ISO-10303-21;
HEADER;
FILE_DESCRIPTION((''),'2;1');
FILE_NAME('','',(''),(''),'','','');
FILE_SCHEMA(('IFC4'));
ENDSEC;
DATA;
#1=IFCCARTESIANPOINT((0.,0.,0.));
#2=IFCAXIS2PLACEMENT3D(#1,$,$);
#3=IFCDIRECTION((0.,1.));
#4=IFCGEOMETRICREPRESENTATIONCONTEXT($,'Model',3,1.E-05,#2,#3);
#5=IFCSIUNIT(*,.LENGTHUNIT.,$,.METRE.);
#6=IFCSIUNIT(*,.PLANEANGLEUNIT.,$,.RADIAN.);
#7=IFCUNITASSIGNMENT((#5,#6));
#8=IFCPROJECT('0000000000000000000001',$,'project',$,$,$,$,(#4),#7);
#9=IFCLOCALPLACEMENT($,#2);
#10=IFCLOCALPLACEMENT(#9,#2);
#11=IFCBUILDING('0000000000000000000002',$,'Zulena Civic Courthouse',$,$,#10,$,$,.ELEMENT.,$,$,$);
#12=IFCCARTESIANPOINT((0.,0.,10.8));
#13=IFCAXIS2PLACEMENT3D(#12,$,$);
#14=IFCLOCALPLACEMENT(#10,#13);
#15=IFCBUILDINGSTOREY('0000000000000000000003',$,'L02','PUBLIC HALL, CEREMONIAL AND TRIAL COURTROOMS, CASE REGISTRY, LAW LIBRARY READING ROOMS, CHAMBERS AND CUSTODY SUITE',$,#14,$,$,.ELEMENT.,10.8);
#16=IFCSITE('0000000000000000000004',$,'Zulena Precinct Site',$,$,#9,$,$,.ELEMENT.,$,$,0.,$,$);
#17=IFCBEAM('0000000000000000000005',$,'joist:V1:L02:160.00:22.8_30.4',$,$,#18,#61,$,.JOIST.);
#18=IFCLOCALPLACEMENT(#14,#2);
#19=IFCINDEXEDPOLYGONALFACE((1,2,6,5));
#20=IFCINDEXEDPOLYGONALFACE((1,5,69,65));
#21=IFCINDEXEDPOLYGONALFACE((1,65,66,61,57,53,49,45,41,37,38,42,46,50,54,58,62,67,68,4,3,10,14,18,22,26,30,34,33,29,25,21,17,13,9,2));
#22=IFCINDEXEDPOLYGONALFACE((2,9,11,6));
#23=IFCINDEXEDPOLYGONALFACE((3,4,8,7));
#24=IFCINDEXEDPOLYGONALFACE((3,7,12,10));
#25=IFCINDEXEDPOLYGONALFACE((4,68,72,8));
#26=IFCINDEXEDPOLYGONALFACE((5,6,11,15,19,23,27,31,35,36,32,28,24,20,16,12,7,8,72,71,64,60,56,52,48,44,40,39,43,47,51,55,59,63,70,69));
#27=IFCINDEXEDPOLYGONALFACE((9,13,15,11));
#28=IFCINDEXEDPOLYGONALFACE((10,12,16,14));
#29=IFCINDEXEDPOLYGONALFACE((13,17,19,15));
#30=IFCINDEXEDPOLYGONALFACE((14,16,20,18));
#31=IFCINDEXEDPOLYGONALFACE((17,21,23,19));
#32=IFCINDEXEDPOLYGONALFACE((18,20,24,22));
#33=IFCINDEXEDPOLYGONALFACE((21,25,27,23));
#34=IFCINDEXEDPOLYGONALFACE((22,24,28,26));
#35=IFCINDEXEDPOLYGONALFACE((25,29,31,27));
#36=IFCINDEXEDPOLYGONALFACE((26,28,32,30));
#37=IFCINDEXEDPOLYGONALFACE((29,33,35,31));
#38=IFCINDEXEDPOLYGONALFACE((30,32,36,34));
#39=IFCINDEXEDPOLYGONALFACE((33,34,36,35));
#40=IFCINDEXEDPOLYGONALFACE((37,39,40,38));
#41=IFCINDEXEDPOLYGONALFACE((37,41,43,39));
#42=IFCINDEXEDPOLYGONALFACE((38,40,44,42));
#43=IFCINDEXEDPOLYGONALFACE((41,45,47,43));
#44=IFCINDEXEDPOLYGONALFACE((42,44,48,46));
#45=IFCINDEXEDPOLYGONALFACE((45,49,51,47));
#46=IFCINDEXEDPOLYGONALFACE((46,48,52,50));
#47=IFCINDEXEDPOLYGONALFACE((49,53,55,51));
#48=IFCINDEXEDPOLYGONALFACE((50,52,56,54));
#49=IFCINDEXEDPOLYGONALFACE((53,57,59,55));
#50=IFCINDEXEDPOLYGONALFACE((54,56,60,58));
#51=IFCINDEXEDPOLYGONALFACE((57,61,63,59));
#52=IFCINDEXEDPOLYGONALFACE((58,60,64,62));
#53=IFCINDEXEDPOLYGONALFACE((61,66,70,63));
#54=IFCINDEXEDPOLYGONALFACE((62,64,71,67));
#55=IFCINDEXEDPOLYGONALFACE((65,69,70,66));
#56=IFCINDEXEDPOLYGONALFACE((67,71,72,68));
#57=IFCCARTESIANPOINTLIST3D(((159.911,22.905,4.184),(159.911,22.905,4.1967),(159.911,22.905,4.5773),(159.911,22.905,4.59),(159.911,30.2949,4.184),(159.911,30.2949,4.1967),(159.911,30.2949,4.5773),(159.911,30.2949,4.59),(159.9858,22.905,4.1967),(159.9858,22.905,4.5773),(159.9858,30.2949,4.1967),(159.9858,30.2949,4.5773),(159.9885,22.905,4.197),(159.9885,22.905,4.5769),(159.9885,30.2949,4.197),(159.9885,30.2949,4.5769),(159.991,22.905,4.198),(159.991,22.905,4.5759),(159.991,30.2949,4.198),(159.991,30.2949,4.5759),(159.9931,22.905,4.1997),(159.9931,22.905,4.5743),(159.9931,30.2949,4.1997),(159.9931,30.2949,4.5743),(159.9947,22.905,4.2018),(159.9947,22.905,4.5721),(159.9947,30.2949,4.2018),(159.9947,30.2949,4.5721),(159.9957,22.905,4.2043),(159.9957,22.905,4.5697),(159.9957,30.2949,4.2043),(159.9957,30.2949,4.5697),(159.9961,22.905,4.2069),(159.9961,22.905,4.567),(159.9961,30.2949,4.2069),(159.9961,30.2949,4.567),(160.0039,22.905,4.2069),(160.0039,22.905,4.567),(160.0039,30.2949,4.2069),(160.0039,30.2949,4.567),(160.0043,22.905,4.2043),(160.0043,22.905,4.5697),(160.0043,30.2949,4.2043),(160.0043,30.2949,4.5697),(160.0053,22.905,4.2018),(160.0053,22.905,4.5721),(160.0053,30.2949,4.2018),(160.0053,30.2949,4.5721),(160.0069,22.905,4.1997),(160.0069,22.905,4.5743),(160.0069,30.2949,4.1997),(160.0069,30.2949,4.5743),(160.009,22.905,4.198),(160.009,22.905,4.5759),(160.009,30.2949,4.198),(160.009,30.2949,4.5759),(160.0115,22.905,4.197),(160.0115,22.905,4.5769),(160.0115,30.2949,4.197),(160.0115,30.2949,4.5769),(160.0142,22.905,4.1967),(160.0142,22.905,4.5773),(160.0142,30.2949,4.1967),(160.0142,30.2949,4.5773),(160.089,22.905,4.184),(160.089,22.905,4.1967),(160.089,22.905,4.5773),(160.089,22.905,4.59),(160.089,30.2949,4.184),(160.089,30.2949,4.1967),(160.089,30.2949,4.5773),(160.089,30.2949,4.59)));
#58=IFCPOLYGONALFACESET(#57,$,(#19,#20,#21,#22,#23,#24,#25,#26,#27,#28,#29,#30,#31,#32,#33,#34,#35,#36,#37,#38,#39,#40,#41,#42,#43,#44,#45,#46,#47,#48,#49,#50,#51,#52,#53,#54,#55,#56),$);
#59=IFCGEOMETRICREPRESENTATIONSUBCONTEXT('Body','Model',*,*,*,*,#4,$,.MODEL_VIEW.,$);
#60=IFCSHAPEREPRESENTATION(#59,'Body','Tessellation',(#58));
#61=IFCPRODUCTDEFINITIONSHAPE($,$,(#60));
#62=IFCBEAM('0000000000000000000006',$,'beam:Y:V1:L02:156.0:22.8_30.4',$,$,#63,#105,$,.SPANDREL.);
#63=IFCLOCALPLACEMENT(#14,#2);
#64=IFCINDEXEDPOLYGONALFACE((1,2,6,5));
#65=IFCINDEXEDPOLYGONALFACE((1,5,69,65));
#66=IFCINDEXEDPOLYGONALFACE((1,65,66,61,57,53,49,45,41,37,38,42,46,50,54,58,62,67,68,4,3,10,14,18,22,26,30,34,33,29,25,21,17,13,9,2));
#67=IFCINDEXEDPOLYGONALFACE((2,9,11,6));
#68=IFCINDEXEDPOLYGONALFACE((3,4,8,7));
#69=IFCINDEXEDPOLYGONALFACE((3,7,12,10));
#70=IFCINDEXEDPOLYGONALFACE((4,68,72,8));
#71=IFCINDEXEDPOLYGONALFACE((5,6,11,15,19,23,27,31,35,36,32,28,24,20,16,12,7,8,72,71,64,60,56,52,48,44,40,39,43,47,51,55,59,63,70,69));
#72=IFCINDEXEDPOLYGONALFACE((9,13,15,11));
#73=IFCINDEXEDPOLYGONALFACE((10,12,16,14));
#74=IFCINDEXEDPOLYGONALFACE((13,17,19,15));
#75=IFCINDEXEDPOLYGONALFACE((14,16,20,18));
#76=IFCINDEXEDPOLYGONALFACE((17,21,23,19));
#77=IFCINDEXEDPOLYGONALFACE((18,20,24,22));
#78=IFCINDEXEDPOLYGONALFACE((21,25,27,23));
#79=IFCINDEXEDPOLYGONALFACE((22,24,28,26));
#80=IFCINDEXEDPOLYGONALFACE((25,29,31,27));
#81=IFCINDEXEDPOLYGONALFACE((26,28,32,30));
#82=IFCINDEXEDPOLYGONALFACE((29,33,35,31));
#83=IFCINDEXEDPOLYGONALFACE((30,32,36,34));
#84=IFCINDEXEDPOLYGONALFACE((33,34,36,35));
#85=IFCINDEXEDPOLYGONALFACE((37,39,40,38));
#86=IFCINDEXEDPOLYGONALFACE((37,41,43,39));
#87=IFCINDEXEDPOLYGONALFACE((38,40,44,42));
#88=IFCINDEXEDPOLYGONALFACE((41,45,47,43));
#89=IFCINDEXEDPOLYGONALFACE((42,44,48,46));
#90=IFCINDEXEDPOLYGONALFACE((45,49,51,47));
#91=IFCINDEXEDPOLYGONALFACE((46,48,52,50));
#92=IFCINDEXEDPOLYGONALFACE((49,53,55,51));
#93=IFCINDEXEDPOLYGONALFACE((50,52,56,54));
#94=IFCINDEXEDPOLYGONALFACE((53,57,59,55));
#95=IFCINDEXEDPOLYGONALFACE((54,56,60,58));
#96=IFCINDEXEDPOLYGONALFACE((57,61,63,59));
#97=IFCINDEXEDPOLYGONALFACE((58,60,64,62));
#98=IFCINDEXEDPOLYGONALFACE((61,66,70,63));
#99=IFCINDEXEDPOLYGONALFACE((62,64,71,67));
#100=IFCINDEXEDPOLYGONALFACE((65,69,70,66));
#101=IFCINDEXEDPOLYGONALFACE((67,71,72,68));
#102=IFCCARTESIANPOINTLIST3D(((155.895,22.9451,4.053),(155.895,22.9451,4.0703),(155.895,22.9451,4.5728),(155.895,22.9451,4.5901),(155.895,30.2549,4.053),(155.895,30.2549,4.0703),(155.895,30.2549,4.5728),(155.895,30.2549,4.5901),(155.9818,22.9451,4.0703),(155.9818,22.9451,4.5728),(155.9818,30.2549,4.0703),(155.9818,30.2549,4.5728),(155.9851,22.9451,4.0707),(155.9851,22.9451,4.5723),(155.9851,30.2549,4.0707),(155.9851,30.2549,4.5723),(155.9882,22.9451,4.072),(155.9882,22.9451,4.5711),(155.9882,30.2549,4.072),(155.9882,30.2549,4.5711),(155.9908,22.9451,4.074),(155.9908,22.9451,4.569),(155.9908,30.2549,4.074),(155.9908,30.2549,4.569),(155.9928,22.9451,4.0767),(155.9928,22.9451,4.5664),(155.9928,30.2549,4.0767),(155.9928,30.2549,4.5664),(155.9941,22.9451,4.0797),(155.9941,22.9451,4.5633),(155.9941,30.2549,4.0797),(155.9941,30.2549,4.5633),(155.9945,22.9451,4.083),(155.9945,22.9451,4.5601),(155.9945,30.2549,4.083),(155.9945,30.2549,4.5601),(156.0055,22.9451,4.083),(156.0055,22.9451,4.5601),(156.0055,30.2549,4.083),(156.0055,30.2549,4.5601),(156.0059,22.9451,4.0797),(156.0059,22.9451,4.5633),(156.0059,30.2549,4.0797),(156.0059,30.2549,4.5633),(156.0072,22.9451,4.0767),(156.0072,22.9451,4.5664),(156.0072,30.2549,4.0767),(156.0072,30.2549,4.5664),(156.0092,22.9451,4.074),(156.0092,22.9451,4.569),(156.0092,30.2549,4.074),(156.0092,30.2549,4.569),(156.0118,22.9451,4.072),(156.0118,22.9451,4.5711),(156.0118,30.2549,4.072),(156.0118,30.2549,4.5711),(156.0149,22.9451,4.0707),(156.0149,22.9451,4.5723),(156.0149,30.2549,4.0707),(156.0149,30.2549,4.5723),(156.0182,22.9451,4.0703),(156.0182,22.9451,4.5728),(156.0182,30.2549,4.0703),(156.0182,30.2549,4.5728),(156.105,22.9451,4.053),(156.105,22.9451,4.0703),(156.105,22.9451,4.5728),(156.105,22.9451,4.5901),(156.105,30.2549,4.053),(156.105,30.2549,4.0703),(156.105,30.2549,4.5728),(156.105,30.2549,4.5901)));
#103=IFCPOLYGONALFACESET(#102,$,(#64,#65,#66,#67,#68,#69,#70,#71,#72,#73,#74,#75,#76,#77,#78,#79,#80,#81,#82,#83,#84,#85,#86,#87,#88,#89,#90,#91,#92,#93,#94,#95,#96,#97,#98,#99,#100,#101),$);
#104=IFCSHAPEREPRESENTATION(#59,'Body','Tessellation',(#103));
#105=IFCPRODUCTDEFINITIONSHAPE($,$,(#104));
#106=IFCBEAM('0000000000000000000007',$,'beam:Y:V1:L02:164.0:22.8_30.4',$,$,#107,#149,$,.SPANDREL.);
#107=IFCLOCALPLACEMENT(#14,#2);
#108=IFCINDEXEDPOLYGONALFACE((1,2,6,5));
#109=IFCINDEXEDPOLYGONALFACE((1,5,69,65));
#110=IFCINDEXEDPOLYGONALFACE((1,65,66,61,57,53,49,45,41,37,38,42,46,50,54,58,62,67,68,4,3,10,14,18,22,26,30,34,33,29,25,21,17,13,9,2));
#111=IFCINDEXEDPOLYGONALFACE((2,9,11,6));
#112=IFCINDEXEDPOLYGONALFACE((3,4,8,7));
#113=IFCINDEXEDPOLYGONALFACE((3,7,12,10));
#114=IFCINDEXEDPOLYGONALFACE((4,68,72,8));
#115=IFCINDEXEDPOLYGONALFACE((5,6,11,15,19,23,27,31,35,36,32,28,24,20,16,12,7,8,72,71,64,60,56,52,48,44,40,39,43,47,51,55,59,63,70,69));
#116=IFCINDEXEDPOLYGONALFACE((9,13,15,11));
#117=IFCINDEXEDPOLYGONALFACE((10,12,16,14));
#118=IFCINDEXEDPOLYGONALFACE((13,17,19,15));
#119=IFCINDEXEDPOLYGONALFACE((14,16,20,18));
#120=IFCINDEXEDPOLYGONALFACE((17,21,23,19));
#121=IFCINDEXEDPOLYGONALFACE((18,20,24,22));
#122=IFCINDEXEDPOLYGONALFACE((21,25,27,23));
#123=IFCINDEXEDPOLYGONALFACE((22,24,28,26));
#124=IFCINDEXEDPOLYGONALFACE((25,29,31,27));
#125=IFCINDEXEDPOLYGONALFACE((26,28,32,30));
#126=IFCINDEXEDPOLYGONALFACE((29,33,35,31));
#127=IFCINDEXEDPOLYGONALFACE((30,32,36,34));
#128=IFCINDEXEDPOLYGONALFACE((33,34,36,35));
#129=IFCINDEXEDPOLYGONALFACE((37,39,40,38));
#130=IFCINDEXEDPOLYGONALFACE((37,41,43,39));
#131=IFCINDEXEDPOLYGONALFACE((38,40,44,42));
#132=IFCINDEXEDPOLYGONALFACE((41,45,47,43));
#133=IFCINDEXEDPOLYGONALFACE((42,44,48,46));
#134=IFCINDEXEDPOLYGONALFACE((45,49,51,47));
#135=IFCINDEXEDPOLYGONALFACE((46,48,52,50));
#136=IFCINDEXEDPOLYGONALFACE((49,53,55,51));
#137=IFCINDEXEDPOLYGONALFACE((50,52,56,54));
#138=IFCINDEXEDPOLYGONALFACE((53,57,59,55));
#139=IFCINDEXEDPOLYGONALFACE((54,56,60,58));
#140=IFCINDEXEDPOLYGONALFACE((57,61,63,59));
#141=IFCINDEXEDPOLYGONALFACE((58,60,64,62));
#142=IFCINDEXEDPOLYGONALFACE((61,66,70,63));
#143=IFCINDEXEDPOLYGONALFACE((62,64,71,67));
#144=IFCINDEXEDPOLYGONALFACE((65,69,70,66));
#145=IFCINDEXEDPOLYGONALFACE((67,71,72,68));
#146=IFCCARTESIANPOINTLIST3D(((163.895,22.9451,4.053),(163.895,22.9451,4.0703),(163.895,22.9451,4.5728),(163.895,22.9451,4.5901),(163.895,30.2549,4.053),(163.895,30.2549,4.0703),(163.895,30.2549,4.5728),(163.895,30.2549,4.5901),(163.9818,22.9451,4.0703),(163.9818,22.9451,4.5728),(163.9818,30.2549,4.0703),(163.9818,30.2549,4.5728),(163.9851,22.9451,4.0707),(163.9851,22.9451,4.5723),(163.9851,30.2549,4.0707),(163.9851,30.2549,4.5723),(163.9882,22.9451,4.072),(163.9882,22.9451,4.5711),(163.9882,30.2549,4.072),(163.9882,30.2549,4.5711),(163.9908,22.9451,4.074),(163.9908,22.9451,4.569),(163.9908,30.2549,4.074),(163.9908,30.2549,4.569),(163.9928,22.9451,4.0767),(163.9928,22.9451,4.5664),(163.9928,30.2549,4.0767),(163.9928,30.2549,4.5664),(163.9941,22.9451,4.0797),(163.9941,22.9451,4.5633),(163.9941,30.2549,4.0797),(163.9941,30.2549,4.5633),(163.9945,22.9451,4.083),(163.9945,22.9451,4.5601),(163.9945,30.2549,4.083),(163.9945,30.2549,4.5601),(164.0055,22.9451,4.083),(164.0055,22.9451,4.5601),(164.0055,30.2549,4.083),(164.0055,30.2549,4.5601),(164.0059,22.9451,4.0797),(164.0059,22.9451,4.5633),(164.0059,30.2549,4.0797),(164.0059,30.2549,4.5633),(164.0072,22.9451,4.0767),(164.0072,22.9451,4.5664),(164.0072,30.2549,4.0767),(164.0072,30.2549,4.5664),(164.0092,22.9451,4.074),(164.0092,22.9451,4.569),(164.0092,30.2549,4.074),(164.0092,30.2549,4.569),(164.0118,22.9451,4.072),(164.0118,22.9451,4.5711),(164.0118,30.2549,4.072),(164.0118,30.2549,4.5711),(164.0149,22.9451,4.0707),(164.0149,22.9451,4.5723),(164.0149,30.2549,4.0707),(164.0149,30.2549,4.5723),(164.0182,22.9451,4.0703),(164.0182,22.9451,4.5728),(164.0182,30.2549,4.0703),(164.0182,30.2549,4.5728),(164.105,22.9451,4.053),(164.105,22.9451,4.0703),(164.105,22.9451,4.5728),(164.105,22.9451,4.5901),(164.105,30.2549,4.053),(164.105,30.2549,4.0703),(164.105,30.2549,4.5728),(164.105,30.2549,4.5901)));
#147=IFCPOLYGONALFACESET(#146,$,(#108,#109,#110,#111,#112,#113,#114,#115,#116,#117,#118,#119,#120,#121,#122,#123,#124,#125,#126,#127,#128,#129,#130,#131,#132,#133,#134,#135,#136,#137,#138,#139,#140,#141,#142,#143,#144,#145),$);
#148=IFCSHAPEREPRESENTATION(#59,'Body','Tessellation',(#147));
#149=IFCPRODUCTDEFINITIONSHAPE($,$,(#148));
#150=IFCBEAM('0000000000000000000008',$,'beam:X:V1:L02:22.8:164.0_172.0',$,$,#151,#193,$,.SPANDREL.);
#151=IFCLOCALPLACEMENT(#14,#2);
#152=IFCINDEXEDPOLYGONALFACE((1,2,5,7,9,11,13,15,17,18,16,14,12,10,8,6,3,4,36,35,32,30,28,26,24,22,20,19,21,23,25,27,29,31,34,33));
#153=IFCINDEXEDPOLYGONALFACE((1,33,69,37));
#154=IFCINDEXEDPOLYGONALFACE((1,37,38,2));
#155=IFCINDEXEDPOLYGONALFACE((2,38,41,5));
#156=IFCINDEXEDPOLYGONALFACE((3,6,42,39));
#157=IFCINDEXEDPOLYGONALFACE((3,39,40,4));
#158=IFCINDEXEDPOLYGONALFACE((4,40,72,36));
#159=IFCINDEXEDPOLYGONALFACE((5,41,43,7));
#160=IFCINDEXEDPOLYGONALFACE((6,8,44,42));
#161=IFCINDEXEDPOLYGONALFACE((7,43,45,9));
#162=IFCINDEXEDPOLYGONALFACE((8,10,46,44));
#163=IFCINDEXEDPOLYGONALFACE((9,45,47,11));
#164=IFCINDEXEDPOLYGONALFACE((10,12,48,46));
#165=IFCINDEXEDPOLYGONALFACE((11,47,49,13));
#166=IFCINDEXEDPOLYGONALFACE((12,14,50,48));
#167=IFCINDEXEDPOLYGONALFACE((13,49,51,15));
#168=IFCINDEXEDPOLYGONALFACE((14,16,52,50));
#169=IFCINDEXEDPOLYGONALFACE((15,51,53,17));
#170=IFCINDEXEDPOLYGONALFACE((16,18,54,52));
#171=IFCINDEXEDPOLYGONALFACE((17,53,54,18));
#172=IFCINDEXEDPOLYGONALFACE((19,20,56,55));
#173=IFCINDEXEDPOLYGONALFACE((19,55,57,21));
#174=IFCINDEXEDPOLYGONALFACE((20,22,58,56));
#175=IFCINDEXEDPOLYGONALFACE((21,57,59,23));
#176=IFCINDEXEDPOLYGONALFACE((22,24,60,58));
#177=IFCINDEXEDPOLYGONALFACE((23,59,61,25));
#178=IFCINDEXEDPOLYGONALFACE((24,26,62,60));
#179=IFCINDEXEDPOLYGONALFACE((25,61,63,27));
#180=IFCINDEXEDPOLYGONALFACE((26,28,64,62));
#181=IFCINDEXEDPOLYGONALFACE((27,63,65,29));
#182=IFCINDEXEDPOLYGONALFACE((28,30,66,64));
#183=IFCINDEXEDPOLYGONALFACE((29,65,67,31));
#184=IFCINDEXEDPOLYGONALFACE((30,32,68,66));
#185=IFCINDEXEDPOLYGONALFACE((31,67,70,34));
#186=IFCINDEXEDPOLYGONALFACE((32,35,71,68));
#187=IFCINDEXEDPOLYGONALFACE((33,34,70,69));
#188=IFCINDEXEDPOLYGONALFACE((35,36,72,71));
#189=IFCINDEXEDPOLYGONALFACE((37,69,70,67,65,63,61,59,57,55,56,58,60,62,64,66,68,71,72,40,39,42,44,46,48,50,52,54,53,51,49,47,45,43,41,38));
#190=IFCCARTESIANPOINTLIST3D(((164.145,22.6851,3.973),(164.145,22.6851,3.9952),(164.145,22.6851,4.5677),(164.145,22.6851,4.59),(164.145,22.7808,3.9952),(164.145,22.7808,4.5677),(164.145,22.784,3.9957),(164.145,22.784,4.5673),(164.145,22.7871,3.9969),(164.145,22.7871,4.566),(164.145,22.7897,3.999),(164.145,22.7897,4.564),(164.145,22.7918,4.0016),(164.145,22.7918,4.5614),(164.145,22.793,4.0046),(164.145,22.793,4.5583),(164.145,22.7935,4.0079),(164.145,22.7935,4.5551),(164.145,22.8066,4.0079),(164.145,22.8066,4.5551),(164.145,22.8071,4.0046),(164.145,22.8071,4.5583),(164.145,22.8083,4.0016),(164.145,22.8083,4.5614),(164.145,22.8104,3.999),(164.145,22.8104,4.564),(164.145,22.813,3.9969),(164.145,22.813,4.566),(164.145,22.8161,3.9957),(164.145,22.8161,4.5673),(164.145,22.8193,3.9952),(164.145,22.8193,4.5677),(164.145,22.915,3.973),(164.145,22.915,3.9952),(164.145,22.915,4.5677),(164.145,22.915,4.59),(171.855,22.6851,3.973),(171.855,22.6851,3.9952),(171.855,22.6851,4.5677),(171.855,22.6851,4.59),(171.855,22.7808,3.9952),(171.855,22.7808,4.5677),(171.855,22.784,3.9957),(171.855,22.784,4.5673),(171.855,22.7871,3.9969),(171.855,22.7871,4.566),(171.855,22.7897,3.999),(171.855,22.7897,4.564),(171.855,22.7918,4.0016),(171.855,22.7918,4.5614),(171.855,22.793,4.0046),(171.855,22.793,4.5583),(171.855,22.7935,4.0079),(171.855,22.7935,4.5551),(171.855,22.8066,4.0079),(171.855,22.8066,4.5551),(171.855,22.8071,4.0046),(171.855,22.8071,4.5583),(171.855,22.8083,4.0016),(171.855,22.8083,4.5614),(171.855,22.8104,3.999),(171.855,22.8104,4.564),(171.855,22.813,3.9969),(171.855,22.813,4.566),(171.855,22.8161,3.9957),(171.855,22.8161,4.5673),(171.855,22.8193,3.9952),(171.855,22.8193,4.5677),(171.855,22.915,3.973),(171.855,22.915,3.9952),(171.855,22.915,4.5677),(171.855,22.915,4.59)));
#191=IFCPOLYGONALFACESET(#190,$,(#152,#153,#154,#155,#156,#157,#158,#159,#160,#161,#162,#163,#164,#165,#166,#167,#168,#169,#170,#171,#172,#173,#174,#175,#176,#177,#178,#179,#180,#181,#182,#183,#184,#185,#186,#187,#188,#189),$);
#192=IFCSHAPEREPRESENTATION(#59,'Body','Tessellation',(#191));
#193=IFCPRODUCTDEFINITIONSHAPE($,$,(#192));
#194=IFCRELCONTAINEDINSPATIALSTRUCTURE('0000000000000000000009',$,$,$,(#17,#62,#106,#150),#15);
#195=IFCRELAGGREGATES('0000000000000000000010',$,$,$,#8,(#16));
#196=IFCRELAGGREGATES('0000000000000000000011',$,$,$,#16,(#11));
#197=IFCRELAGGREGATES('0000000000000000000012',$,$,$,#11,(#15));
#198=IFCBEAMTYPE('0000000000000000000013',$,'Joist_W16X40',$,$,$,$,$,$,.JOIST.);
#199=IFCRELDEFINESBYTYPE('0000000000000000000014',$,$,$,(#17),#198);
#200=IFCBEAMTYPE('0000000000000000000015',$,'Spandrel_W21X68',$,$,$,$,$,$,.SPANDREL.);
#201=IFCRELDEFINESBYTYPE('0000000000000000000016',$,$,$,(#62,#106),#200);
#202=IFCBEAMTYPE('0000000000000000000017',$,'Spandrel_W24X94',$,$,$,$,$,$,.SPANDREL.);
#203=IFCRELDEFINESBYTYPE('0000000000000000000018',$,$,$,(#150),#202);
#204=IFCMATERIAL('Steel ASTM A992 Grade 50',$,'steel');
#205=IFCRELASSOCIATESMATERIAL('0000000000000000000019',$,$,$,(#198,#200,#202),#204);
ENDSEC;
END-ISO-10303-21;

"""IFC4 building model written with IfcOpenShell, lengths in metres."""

from ifc_helpers import new_model, si_unit, direction, frame, origin, origin_2d, place, context, subcontext, project, spatial, i_section, extrude, material, material_profile, profile_set, type_object, element, save


model = new_model("IFC4")

# Units and contexts
model_context = context("Model", 3, precision=1e-05, world=origin(), true_north=direction((0.0, 1.0)))
body_context = subcontext(model_context, "Body", "Model", "MODEL_VIEW")
ifc_project = project(units=[si_unit("LENGTHUNIT", "METRE"), si_unit("PLANEANGLEUNIT", "RADIAN")], contexts=[model_context])

# Site, building, storey
site_placement = place(None, origin())
site = spatial("IfcSite", under=ifc_project, at=site_placement, Name="Zulena Precinct Site", CompositionType="ELEMENT", RefElevation=0.0)
building_placement = place(site_placement, origin())
building = spatial("IfcBuilding", under=site, at=building_placement, Name="Zulena Civic Courthouse", CompositionType="ELEMENT")
storey_placement = place(building_placement, frame((0.0, 0.0, 10.8)))
storey = spatial("IfcBuildingStorey", under=building, at=storey_placement, Name="L02", Description="PUBLIC HALL, CEREMONIAL AND TRIAL COURTROOMS, CASE REGISTRY, LAW LIBRARY READING ROOMS, CHAMBERS AND CUSTODY SUITE", CompositionType="ELEMENT", Elevation=10.8)

# Shared definitions
ifc_material_1 = material(Name="Steel ASTM A992 Grade 50", Category="steel")

# Beams
ifc_material_profile_1 = material_profile(ifc_material_1, i_section(OverallWidth=0.178, OverallDepth=0.406, WebThickness=0.0078, FlangeThickness=0.0127, FilletRadius=0.0103, at=origin_2d()), Name="W16X40")
ifc_profile_set_1 = profile_set([ifc_material_profile_1], Name="Steel ASTM A992 Grade 50")
beam_type_1 = type_object("IfcBeamType", Name="Joist_W16X40", PredefinedType="JOIST", material=ifc_profile_set_1)
beam_1_placement = place(storey_placement, frame((160.0, 22.905, 4.387), z_axis=(0.0, 1.0, 0.0), x_axis=(-1.0, 0.0, 0.0)))
element("IfcBeam", 1, at=beam_1_placement, inside=storey, type_object=beam_type_1, Name="joist:V1:L02:160.00:22.8_30.4", PredefinedType="JOIST", context=body_context, shape_type="SweptSolid", body=[
    extrude(i_section(OverallWidth=0.178, OverallDepth=0.406, WebThickness=0.0078, FlangeThickness=0.0127, FilletRadius=0.0103, at=origin_2d()), origin(), (0.0, 0.0, 1.0), 7.3899),
])
ifc_material_profile_2 = material_profile(ifc_material_1, i_section(OverallWidth=0.21, OverallDepth=0.5371, WebThickness=0.011, FlangeThickness=0.0173, FilletRadius=0.0127, at=origin_2d()), Name="W21X68")
ifc_profile_set_2 = profile_set([ifc_material_profile_2], Name="Steel ASTM A992 Grade 50")
beam_type_2 = type_object("IfcBeamType", Name="Spandrel_W21X68", PredefinedType="SPANDREL", material=ifc_profile_set_2)
for number, where, z_axis, x_axis, name in (
    (2, (156.0, 22.9451, 4.3215), (0.0, 1.0, 0.0), (-1.0, 0.0, 0.0), "beam:Y:V1:L02:156.0:22.8_30.4"),
    (3, (164.0, 22.9451, 4.3215), (0.0, 1.0, 0.0), (-1.0, 0.0, 0.0), "beam:Y:V1:L02:164.0:22.8_30.4"),
):
    element("IfcBeam", number, at=place(storey_placement, frame(where, z_axis=z_axis, x_axis=x_axis)), inside=storey, type_object=beam_type_2, Name=name, PredefinedType="SPANDREL", context=body_context, shape_type="SweptSolid", body=[
        extrude(i_section(OverallWidth=0.21, OverallDepth=0.5371, WebThickness=0.011, FlangeThickness=0.0173, FilletRadius=0.0127, at=origin_2d()), origin(), (0.0, 0.0, 1.0), 7.3098),
    ])
ifc_material_profile_3 = material_profile(ifc_material_1, i_section(OverallWidth=0.23, OverallDepth=0.6169, WebThickness=0.0132, FlangeThickness=0.0222, FilletRadius=0.0127, at=origin_2d()), Name="W24X94")
ifc_profile_set_3 = profile_set([ifc_material_profile_3], Name="Steel ASTM A992 Grade 50")
beam_type_3 = type_object("IfcBeamType", Name="Spandrel_W24X94", PredefinedType="SPANDREL", material=ifc_profile_set_3)
for number, where, z_axis, x_axis, name in (
    (4, (164.145, 22.8, 4.2815), (1.0, 0.0, 0.0), (0.0, 1.0, 0.0), "beam:X:V1:L02:22.8:164.0_172.0"),
):
    element("IfcBeam", number, at=place(storey_placement, frame(where, z_axis=z_axis, x_axis=x_axis)), inside=storey, type_object=beam_type_3, Name=name, PredefinedType="SPANDREL", context=body_context, shape_type="SweptSolid", body=[
        extrude(i_section(OverallWidth=0.23, OverallDepth=0.6169, WebThickness=0.0132, FlangeThickness=0.0222, FilletRadius=0.0127, at=origin_2d()), origin(), (0.0, 0.0, 1.0), 7.71),
    ])

save(model, "model.ifc")
